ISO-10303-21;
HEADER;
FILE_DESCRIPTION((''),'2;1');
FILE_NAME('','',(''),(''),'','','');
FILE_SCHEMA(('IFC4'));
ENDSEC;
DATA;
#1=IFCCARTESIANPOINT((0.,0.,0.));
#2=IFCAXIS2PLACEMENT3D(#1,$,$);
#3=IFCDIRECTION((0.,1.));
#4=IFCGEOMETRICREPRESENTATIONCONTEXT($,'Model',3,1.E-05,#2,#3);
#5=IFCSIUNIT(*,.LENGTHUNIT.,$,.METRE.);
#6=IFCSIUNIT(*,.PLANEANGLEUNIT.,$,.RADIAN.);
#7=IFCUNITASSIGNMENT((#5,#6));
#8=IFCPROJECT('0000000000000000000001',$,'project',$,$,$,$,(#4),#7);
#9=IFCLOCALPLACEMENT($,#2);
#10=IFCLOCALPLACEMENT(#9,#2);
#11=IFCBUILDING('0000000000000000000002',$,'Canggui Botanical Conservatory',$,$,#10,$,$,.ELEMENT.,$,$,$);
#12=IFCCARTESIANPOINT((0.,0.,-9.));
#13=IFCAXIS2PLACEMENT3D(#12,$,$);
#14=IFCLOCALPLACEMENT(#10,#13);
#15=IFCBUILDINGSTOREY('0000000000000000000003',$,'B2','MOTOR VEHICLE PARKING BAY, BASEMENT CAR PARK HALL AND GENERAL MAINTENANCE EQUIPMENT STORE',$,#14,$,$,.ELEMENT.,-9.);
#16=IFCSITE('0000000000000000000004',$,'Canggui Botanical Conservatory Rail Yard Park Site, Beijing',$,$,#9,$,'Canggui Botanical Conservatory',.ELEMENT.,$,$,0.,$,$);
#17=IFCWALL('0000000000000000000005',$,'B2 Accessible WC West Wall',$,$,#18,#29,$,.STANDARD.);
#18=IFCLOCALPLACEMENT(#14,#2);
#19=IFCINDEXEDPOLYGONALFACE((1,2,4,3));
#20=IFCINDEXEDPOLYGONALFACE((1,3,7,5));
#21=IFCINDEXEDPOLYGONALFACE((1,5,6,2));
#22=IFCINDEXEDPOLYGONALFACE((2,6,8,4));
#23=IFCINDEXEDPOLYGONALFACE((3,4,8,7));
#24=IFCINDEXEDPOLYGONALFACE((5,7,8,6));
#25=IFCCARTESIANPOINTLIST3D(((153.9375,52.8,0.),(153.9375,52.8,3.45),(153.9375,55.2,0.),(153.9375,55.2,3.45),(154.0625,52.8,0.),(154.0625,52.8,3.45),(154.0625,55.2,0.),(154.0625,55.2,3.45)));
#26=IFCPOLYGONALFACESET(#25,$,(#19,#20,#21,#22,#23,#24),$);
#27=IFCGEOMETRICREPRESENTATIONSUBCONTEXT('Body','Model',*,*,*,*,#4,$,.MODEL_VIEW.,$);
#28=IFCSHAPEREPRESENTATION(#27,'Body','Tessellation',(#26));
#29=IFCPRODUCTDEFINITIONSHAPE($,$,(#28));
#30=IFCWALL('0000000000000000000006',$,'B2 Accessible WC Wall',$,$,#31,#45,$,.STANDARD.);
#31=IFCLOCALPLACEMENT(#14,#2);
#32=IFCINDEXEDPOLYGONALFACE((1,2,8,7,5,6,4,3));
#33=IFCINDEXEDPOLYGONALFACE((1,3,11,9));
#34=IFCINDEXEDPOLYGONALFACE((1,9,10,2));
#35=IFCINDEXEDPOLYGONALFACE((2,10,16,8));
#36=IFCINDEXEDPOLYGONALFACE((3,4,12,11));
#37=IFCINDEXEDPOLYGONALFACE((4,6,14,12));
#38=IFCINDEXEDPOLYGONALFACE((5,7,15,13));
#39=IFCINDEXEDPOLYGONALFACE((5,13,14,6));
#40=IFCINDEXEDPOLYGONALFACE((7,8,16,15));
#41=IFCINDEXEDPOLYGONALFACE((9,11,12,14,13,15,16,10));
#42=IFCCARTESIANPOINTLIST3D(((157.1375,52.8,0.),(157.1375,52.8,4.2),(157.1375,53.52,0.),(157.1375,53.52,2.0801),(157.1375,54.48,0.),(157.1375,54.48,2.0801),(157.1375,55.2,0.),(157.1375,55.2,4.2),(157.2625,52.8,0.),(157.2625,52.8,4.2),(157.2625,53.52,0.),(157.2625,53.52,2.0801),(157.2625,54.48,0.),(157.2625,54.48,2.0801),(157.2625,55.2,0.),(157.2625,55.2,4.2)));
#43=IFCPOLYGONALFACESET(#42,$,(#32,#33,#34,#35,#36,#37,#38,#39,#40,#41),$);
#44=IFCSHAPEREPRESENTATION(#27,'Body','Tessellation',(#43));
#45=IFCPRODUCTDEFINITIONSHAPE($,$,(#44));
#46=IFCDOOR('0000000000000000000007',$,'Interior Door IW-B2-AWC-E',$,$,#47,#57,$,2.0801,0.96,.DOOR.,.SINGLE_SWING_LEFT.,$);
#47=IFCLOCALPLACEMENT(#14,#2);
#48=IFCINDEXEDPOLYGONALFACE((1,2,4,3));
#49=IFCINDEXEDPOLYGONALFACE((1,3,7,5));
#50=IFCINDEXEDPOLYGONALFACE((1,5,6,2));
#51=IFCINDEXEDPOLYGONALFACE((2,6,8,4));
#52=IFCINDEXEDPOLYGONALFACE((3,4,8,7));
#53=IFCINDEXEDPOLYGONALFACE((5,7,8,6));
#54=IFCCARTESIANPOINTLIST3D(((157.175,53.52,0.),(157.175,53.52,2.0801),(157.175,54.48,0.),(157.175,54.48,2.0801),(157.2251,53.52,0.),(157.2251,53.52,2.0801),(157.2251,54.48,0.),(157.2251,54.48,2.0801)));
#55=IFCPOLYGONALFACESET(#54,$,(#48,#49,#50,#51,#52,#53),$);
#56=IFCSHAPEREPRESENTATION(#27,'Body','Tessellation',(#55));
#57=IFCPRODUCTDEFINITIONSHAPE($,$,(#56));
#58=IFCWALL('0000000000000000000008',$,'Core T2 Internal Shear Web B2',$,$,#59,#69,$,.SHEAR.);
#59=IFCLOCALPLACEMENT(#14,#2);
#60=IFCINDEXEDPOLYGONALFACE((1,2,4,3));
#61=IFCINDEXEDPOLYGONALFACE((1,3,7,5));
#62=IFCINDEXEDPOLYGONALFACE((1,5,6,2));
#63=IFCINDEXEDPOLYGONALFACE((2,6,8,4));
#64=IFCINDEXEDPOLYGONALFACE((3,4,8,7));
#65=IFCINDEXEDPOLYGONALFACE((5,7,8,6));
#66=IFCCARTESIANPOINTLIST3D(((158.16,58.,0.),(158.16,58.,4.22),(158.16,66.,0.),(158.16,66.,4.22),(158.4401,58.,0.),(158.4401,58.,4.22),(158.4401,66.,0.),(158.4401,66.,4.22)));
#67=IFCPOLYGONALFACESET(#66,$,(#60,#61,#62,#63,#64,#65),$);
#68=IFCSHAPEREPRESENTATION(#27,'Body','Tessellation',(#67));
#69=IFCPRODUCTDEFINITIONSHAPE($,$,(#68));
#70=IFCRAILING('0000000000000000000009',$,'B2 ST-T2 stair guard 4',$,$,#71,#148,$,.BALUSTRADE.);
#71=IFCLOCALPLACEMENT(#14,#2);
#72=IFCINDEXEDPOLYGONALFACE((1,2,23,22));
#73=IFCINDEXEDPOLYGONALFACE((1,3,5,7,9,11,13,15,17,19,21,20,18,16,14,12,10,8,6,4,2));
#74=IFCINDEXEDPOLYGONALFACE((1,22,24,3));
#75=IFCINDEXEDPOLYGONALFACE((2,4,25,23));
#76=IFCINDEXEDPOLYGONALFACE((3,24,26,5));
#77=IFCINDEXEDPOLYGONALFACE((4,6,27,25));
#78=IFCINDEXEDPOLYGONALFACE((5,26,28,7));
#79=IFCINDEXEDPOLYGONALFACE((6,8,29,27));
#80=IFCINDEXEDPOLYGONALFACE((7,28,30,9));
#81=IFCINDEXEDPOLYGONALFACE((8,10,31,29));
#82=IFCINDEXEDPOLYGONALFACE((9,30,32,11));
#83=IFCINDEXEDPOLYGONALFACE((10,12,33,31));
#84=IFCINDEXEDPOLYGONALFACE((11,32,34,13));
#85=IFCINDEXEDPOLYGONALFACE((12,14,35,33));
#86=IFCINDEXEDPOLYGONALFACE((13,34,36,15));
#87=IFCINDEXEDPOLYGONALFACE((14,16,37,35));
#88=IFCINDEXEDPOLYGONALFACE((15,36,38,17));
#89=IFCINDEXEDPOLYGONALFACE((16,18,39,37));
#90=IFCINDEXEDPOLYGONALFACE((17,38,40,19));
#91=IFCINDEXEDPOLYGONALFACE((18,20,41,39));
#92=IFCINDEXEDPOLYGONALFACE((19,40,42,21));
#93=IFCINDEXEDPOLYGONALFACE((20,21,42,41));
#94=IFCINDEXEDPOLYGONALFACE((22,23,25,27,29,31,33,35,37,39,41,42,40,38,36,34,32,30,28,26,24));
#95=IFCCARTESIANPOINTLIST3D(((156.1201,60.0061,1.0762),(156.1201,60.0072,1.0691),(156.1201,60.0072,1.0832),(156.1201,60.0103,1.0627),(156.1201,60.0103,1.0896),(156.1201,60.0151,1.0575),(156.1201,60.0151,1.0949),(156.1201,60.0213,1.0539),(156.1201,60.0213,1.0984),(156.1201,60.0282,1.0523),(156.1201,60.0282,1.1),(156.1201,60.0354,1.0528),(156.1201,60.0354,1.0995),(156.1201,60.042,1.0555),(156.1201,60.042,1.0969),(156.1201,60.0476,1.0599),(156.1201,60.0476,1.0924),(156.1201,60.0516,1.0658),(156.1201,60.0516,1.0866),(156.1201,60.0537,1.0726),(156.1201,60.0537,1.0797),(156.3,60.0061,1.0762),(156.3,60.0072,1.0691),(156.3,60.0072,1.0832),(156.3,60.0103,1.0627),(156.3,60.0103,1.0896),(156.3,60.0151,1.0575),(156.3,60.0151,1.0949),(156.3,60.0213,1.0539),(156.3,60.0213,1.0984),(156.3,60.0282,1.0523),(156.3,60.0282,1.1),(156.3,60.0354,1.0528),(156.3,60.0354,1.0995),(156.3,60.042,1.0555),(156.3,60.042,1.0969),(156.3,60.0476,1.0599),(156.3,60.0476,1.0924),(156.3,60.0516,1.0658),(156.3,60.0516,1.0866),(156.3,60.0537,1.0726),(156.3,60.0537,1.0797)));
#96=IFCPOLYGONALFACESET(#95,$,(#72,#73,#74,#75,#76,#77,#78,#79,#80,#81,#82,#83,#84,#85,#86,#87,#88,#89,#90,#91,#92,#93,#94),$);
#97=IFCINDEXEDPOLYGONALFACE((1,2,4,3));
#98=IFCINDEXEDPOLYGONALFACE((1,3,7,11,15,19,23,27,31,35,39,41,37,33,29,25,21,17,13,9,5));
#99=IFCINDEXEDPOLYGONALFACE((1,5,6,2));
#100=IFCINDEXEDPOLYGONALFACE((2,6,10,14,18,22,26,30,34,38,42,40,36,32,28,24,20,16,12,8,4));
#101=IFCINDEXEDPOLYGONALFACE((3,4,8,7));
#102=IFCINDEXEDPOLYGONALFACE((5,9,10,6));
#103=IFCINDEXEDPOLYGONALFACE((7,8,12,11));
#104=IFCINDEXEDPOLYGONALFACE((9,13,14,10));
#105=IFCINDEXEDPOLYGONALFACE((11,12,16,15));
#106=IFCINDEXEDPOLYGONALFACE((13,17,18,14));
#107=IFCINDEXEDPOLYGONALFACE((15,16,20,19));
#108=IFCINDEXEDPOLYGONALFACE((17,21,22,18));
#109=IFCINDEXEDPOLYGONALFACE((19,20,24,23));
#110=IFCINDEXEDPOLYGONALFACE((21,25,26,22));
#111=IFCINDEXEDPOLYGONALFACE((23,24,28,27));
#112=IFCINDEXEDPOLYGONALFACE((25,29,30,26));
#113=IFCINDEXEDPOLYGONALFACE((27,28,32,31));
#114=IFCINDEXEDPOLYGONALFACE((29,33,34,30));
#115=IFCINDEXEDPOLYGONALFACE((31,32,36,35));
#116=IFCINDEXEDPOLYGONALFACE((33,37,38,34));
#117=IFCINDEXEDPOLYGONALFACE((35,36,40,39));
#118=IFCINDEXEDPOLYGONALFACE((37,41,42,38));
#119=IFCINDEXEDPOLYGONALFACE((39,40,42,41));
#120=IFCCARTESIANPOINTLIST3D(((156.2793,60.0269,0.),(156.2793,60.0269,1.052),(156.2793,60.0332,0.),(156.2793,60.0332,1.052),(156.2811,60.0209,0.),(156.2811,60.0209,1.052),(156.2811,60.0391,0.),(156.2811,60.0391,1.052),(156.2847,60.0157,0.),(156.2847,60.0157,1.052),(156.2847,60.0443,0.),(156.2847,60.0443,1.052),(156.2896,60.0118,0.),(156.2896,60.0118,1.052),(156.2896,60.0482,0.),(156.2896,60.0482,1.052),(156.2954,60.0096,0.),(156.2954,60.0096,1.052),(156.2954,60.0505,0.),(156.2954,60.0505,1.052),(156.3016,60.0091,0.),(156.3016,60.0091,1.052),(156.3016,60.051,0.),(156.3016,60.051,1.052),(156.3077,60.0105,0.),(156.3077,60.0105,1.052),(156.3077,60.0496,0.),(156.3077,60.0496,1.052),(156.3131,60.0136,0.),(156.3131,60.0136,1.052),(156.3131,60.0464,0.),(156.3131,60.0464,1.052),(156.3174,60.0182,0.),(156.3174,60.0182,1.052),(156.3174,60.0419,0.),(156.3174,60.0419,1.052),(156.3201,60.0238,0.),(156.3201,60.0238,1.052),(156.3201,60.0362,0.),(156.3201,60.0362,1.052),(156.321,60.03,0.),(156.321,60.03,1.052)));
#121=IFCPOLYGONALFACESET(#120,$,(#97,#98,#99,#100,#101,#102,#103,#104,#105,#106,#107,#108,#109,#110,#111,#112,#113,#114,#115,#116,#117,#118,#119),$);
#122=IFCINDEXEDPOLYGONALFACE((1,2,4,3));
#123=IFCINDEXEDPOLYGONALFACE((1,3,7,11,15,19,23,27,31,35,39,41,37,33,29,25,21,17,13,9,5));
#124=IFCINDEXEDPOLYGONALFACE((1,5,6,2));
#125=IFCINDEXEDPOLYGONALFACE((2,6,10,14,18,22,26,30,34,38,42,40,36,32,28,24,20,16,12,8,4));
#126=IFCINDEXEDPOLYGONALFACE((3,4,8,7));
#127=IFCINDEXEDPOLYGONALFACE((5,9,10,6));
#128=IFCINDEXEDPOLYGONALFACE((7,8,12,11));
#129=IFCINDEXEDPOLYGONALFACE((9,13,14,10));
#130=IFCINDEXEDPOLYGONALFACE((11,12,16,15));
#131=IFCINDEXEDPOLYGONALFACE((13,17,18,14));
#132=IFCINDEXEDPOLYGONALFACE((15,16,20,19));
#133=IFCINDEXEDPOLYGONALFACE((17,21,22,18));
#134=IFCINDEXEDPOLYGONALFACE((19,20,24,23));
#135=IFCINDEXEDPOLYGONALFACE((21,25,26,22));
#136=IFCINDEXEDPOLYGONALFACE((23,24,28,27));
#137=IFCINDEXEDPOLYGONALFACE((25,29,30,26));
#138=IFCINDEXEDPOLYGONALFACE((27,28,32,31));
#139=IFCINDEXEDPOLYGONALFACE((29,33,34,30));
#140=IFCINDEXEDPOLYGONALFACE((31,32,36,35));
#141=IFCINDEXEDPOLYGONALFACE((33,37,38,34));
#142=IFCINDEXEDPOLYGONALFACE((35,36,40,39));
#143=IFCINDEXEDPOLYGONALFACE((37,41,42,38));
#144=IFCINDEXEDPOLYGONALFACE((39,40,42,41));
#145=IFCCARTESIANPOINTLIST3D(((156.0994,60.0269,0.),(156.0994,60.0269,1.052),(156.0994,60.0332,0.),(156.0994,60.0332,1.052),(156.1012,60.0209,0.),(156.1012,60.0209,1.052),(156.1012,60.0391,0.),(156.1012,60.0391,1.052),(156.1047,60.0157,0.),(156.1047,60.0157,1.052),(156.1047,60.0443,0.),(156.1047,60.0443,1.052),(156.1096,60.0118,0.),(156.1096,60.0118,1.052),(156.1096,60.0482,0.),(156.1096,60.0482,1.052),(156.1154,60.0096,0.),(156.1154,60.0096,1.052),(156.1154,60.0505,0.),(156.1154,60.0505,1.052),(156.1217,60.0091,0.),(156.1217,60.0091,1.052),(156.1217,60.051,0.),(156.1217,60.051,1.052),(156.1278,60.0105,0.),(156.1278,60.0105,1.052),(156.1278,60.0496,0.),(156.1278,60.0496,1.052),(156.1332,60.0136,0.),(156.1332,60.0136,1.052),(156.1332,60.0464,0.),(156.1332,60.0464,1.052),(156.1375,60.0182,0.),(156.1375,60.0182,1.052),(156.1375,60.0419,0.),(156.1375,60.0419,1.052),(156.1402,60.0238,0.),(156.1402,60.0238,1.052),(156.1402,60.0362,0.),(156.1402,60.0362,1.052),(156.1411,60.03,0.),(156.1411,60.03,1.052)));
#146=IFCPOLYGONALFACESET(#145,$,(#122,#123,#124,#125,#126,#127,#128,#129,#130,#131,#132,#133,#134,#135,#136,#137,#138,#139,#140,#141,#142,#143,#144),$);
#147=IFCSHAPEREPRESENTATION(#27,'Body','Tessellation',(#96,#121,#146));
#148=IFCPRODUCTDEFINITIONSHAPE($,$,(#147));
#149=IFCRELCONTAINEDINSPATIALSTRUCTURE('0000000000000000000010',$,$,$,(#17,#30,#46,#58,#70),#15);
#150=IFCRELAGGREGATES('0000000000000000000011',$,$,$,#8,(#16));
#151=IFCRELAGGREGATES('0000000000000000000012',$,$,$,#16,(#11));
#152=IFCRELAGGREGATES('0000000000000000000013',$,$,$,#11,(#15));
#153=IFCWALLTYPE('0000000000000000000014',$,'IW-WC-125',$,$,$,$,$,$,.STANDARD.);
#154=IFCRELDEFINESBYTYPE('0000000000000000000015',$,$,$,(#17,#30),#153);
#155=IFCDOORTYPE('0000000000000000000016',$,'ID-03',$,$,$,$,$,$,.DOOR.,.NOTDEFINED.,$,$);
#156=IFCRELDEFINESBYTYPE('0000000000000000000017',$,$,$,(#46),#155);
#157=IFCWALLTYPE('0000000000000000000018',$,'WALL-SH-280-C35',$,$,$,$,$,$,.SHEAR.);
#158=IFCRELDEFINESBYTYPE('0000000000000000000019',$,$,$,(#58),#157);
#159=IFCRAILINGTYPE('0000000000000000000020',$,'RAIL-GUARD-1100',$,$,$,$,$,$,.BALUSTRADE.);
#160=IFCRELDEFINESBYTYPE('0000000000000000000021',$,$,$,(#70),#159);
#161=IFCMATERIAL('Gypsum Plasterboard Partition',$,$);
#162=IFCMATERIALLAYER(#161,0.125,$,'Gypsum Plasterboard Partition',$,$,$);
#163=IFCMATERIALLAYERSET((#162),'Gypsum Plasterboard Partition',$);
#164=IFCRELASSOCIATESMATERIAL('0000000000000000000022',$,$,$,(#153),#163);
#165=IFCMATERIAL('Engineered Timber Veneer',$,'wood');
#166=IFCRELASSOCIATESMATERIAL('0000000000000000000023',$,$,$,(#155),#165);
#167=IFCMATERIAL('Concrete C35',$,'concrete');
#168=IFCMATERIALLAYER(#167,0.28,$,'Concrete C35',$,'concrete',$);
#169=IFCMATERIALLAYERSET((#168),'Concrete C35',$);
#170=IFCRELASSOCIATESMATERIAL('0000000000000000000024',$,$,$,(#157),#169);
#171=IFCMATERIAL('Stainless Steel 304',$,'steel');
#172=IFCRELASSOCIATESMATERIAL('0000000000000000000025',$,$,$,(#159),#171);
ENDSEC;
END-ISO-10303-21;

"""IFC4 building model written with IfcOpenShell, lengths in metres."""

from ifc_helpers import new_model, si_unit, direction, frame, frame_2d, origin, origin_2d, place, context, subcontext, project, spatial, rectangle, circle, extrude, material, layer, layer_set, type_object, element, fill, save


model = new_model("IFC4")

# Units and contexts
model_context = context("Model", 3, precision=1e-05, world=origin(), true_north=direction((0.0, 1.0)))
body_context = subcontext(model_context, "Body", "Model", "MODEL_VIEW")
ifc_project = project(units=[si_unit("LENGTHUNIT", "METRE"), si_unit("PLANEANGLEUNIT", "RADIAN")], contexts=[model_context])

# Site, building, storey
site_placement = place(None, origin())
site = spatial("IfcSite", under=ifc_project, at=site_placement, Name="Canggui Botanical Conservatory Rail Yard Park Site, Beijing", LongName="Canggui Botanical Conservatory", CompositionType="ELEMENT", RefElevation=0.0)
building_placement = place(site_placement, origin())
building = spatial("IfcBuilding", under=site, at=building_placement, Name="Canggui Botanical Conservatory", CompositionType="ELEMENT")
storey_placement = place(building_placement, frame((0.0, 0.0, -9.0)))
storey = spatial("IfcBuildingStorey", under=building, at=storey_placement, Name="B2", Description="MOTOR VEHICLE PARKING BAY, BASEMENT CAR PARK HALL AND GENERAL MAINTENANCE EQUIPMENT STORE", CompositionType="ELEMENT", Elevation=-9.0)

# Shared definitions
ifc_material_1 = material(Name="Concrete C35", Category="concrete")

# Wall
ifc_material_2 = material(Name="Gypsum Plasterboard Partition")
ifc_layer_1 = layer(ifc_material_2, 0.125, Name="Gypsum Plasterboard Partition")
ifc_layer_set_1 = layer_set([ifc_layer_1], Name="Gypsum Plasterboard Partition")
wall_type_1 = type_object("IfcWallType", Name="IW-WC-125", PredefinedType="STANDARD", material=ifc_layer_set_1)
wall_1_placement = place(storey_placement, frame((154.0, 52.8, 0.0), z_axis=(0.0, 0.0, 1.0), x_axis=(0.0, 1.0, 0.0)))
element("IfcWall", 1, at=wall_1_placement, inside=storey, type_object=wall_type_1, Name="B2 Accessible WC West Wall", PredefinedType="STANDARD", context=body_context, shape_type="SweptSolid", body=[
    extrude(rectangle(XDim=2.3999, YDim=0.125, at=frame_2d((1.2, 0.0))), origin(), (0.0, 0.0, 1.0), 3.45),
])

# Wall, opening, door
wall_2_placement = place(storey_placement, frame((157.2, 52.8, 0.0), z_axis=(0.0, 0.0, 1.0), x_axis=(0.0, 1.0, 0.0)))
wall_2 = element("IfcWall", 2, at=wall_2_placement, inside=storey, type_object=wall_type_1, Name="B2 Accessible WC Wall", PredefinedType="STANDARD", context=body_context, shape_type="SweptSolid", body=[
    extrude(rectangle(XDim=2.3999, YDim=0.125, at=frame_2d((1.2, 0.0))), origin(), (0.0, 0.0, 1.0), 4.2),
])
opening_1_placement = place(wall_2_placement, frame((0.72, 0.0, 0.0)))
opening_1 = element("IfcOpeningElement", 3, at=opening_1_placement, cuts=wall_2, PredefinedType="OPENING", context=body_context, shape_type="SweptSolid", body=[
    extrude(rectangle(XDim=0.96, YDim=2.0801, at=frame_2d((0.48, 1.04))), frame((0.0, 0.0725, 0.0), z_axis=(0.0, -1.0, 0.0), x_axis=(1.0, 0.0, 0.0)), (0.0, 0.0, 1.0), 0.145),
])
ifc_material_3 = material(Name="Engineered Timber Veneer", Category="wood")
door_type_1 = type_object("IfcDoorType", Name="ID-03", OperationType="NOTDEFINED", PredefinedType="DOOR", material=ifc_material_3)
door_1_placement = place(opening_1_placement, origin())
door_1 = element("IfcDoor", 4, at=door_1_placement, inside=storey, type_object=door_type_1, Name="Interior Door IW-B2-AWC-E", OperationType="SINGLE_SWING_LEFT", OverallHeight=2.0801, OverallWidth=0.96, PredefinedType="DOOR", context=body_context, shape_type="SweptSolid", body=[
    extrude(rectangle(XDim=0.96, YDim=2.0801, at=frame_2d((0.48, 1.04))), frame((0.0, 0.0249, 0.0), z_axis=(0.0, -1.0, 0.0), x_axis=(1.0, 0.0, 0.0)), (0.0, 0.0, 1.0), 0.05),
])
fill(opening_1, door_1)

# Wall
ifc_layer_2 = layer(ifc_material_1, 0.28, Name="Concrete C35", Category="concrete")
ifc_layer_set_2 = layer_set([ifc_layer_2], Name="Concrete C35")
wall_type_2 = type_object("IfcWallType", Name="WALL-SH-280-C35", PredefinedType="SHEAR", material=ifc_layer_set_2)
wall_3_placement = place(storey_placement, frame((158.3, 58.0, 0.0), z_axis=(0.0, 0.0, 1.0), x_axis=(0.0, 1.0, 0.0)))
element("IfcWall", 5, at=wall_3_placement, inside=storey, type_object=wall_type_2, Name="Core T2 Internal Shear Web B2", PredefinedType="SHEAR", context=body_context, shape_type="SweptSolid", body=[
    extrude(rectangle(XDim=8.0, YDim=0.28, at=frame_2d((4.0, 0.0))), origin(), (0.0, 0.0, 1.0), 4.22),
])

# Shared definitions
ifc_material_4 = material(Name="Stainless Steel 304", Category="steel")

# Railing
railing_type = type_object("IfcRailingType", Name="RAIL-GUARD-1100", PredefinedType="BALUSTRADE", material=ifc_material_4)
railing_placement = place(storey_placement, frame((156.3, 60.03, 0.0)))
element("IfcRailing", 6, at=railing_placement, inside=storey, type_object=railing_type, Name="B2 ST-T2 stair guard 4", PredefinedType="BALUSTRADE", context=body_context, shape_type="SweptSolid", body=[
    extrude(circle(Radius=0.0239, at=origin_2d()), frame((0.0, 0.0, 1.0762), z_axis=(-1.0, 0.0, 0.0), x_axis=(0.0, -1.0, 0.0)), (0.0, 0.0, 1.0), 0.1799),
    extrude(circle(Radius=0.021, at=origin_2d()), origin(), (0.0, 0.0, 1.0), 1.052),
    extrude(circle(Radius=0.021, at=origin_2d()), frame((-0.1799, 0.0, 0.0)), (0.0, 0.0, 1.0), 1.052),
])

save(model, "model.ifc")
